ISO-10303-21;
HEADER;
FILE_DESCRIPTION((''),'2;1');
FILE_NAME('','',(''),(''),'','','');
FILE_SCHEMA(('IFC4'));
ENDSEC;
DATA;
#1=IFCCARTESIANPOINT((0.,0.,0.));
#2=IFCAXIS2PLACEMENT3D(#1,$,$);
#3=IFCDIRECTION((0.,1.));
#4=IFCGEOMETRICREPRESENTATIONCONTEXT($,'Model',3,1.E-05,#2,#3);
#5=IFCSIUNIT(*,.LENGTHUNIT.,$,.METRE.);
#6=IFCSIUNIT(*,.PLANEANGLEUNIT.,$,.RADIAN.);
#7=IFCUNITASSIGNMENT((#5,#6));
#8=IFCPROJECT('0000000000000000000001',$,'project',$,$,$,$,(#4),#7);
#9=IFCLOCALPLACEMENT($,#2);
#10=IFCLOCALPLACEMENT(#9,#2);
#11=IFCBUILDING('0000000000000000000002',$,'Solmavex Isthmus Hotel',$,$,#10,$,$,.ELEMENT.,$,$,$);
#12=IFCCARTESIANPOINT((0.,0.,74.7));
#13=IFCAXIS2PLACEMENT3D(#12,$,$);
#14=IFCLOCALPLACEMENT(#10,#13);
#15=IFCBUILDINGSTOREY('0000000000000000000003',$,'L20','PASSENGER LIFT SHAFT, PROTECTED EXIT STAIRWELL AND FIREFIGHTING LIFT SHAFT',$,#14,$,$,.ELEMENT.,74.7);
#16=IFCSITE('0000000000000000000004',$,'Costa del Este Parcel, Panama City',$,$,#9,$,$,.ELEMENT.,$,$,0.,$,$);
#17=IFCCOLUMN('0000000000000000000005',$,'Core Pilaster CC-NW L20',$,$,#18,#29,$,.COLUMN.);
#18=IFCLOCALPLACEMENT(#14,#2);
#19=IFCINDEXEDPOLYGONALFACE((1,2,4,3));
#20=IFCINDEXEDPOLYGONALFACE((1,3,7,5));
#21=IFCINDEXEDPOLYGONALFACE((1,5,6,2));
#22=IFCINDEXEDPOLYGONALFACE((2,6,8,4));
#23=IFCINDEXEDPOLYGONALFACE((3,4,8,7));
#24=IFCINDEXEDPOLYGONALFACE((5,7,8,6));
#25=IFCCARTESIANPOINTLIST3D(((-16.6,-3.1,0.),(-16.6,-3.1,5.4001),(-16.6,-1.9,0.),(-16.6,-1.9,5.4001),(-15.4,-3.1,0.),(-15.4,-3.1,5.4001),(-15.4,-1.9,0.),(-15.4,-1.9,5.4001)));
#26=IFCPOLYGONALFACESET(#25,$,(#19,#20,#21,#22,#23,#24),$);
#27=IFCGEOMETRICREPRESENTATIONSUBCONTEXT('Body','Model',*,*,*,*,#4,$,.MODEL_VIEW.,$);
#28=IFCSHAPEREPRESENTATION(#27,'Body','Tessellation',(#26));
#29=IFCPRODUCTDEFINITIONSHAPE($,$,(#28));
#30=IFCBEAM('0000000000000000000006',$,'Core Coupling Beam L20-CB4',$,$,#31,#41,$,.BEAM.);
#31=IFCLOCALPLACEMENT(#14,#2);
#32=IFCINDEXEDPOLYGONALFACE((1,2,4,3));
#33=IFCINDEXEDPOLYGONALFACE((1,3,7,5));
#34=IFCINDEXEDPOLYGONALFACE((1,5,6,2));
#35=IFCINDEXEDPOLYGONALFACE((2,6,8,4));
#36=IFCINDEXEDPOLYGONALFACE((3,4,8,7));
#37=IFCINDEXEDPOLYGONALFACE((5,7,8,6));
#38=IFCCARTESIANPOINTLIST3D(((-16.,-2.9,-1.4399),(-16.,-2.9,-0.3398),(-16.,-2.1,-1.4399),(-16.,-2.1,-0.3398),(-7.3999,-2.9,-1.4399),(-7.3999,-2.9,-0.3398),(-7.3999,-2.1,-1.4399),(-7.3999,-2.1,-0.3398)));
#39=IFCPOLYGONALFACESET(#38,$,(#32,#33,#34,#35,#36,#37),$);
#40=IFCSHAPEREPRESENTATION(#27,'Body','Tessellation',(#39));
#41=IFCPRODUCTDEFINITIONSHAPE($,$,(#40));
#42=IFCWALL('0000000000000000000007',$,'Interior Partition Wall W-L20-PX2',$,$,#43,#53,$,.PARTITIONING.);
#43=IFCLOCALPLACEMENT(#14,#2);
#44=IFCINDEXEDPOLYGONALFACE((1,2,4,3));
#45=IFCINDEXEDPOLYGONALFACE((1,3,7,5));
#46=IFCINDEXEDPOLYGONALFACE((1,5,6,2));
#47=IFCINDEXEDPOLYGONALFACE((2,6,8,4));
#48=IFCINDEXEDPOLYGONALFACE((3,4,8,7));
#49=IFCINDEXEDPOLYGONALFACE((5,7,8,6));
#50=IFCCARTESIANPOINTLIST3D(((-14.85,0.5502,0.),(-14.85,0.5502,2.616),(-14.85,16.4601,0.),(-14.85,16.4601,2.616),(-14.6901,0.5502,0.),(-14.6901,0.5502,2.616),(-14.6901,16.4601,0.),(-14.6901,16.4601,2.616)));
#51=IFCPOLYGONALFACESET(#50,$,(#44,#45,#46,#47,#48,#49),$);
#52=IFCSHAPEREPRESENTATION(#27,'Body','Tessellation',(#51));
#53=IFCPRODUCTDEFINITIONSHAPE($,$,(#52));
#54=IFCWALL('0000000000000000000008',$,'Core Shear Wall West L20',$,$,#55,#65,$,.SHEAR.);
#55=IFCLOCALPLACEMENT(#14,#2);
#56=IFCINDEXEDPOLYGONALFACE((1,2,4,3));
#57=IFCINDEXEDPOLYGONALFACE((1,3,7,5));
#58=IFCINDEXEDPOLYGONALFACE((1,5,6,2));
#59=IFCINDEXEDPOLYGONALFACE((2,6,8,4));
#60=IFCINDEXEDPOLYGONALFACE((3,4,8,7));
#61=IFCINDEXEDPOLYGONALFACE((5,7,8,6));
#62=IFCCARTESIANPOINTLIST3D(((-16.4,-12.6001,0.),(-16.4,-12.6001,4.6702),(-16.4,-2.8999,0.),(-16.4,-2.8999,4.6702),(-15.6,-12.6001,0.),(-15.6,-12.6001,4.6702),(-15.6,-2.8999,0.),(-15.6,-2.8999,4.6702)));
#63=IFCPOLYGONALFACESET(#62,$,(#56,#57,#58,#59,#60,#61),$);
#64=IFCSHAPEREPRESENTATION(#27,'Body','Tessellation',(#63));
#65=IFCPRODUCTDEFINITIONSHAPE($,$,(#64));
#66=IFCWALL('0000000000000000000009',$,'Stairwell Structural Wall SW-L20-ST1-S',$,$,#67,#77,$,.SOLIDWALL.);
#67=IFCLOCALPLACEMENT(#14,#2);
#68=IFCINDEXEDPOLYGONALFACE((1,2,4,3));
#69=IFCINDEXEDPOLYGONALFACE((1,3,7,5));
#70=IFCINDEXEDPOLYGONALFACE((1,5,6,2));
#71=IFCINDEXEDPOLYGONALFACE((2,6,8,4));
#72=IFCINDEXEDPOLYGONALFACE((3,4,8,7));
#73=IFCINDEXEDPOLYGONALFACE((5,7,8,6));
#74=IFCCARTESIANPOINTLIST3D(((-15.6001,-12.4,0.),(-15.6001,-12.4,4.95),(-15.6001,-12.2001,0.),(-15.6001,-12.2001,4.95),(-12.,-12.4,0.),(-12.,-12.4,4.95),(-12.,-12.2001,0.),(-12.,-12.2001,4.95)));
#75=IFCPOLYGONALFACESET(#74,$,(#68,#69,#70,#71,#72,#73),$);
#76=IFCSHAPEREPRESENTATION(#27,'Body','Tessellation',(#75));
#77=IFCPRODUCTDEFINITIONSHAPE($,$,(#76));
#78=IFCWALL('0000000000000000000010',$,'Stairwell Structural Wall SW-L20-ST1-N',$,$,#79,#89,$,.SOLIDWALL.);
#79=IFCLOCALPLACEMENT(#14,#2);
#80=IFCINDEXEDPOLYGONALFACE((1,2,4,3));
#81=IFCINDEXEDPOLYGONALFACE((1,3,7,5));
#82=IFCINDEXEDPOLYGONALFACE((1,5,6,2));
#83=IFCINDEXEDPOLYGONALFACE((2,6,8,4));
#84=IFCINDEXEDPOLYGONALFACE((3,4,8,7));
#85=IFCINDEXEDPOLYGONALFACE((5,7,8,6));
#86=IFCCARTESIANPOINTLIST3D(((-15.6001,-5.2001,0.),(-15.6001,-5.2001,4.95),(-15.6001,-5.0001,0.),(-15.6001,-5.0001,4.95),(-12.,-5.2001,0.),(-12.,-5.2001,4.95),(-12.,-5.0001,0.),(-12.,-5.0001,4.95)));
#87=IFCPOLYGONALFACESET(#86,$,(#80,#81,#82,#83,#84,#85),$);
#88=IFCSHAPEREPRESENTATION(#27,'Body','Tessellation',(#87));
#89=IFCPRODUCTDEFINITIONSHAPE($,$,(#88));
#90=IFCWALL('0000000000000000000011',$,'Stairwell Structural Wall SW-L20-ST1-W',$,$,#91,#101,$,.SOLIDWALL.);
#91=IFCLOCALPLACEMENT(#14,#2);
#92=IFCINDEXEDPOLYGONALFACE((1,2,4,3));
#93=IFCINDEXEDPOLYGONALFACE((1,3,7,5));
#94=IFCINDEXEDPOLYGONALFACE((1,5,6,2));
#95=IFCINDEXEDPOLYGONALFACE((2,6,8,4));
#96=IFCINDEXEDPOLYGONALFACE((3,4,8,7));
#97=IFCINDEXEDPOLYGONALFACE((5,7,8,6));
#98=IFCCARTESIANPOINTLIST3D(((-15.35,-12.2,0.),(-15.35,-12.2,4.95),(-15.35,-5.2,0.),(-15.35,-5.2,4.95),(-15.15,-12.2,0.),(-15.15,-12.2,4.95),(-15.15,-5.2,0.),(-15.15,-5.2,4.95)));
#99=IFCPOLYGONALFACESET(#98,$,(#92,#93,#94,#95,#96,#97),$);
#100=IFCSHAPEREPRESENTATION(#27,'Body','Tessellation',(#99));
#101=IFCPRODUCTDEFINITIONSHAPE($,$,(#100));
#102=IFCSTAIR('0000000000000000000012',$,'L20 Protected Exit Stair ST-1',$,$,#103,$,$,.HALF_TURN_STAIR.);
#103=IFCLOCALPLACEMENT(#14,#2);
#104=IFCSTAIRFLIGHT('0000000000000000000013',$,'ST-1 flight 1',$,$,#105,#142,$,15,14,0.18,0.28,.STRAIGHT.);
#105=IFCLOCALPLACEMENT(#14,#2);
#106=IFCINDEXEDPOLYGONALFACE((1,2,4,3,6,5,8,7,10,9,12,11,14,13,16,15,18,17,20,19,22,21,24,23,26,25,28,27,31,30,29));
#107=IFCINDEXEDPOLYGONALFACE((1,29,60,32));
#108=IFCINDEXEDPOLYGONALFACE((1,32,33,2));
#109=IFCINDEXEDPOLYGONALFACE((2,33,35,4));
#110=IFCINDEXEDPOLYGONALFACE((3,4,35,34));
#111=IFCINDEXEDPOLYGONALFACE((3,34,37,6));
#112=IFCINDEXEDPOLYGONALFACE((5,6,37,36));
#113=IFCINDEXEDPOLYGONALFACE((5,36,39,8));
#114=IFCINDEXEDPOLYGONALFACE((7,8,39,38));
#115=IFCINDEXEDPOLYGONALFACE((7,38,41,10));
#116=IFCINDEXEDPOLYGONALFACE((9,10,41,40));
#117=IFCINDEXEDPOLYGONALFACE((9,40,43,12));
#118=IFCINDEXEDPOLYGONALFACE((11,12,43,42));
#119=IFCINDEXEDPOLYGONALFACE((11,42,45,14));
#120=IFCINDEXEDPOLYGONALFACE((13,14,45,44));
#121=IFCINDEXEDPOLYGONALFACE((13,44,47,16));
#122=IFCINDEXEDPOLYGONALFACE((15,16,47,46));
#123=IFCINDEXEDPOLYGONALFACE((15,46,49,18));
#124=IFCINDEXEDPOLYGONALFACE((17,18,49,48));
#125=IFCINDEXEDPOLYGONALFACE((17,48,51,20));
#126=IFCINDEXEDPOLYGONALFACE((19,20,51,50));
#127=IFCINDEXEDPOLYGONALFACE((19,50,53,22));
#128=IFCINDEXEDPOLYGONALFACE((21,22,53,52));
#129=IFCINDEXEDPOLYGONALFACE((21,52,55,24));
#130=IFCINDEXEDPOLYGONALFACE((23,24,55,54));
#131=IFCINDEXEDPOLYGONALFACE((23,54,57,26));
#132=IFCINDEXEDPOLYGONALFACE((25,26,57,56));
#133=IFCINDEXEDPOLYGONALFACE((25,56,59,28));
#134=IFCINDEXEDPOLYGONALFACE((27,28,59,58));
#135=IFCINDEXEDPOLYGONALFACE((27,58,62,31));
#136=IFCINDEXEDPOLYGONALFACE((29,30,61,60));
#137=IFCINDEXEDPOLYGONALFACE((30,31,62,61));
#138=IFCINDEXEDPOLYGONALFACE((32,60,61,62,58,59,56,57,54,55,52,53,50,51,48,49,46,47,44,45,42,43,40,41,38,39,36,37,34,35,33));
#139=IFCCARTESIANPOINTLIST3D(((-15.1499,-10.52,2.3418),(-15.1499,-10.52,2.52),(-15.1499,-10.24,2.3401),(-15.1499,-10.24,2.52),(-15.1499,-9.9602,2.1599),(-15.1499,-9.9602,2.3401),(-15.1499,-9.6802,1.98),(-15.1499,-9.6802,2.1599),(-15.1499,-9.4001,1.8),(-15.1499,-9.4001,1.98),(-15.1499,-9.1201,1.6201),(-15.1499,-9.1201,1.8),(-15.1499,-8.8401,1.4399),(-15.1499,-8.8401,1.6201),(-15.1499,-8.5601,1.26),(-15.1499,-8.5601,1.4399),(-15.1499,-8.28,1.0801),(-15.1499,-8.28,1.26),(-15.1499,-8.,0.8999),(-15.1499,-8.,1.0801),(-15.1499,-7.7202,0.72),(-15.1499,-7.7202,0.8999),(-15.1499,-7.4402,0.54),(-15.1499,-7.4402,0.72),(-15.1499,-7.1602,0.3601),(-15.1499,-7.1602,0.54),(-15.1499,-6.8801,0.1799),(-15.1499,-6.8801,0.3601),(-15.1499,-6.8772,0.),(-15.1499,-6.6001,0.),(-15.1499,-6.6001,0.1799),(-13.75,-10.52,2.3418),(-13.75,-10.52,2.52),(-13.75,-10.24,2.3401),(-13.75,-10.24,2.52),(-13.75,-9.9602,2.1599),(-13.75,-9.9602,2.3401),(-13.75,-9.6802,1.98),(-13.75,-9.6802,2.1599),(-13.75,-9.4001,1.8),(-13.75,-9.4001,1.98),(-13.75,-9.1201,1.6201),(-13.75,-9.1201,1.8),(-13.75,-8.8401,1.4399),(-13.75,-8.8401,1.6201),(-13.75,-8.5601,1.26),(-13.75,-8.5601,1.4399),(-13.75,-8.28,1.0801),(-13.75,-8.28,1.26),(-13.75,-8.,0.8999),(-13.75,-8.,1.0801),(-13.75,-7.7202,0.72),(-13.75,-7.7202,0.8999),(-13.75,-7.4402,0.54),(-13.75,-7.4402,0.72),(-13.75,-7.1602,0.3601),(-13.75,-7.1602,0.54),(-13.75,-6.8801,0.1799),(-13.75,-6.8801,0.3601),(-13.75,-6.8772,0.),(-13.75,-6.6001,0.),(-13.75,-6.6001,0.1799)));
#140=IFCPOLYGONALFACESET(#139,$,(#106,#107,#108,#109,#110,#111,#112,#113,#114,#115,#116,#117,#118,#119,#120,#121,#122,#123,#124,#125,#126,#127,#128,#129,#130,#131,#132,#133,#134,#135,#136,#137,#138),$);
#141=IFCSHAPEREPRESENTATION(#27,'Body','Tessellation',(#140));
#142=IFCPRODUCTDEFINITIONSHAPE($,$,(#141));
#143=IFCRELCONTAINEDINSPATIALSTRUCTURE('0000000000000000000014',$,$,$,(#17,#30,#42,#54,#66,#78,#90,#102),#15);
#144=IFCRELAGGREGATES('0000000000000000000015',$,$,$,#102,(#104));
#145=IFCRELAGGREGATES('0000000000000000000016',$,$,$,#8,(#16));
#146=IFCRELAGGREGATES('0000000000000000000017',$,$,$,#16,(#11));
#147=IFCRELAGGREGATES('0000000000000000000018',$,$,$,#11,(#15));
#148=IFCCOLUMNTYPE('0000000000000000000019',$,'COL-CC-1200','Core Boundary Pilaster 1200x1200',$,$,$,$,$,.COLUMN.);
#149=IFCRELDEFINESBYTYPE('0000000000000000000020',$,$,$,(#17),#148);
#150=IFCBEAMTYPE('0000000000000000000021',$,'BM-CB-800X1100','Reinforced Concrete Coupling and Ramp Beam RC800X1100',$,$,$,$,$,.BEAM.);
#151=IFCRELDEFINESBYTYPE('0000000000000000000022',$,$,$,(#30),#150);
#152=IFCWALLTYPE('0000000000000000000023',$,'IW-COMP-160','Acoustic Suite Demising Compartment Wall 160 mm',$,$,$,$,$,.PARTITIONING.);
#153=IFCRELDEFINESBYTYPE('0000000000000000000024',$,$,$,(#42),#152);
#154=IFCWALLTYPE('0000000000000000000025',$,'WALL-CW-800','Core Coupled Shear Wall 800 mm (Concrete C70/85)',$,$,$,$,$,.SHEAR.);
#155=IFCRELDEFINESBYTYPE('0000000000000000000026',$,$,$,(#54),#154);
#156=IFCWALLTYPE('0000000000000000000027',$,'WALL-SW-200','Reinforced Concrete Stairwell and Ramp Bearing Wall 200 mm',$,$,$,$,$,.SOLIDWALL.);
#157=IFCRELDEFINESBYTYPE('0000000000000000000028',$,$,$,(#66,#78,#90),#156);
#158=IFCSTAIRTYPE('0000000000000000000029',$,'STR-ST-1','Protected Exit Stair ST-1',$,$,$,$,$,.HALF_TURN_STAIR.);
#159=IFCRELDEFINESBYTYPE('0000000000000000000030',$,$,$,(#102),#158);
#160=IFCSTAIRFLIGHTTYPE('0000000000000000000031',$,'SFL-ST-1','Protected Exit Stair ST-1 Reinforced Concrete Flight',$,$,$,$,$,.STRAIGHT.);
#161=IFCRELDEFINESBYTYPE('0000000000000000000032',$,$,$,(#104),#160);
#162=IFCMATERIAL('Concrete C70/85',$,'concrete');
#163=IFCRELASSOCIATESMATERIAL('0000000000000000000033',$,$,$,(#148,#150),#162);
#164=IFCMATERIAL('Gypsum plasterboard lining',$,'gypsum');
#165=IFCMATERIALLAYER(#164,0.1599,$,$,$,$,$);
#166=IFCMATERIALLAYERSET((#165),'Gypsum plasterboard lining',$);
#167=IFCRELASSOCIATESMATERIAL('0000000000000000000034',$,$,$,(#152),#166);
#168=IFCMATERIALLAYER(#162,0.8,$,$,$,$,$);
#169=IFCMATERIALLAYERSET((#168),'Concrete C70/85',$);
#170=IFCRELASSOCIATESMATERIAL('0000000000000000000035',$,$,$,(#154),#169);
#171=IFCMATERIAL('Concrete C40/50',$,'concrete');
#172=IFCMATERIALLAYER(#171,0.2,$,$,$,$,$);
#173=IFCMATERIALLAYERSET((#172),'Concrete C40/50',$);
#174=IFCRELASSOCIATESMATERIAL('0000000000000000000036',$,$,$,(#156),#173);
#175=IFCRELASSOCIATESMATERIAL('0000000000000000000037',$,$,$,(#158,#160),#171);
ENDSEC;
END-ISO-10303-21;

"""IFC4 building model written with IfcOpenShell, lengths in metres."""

from ifc_helpers import new_model, si_unit, direction, frame, frame_2d, origin, origin_2d, place, context, subcontext, project, spatial, polyline, rectangle, outline, extrude, material, layer, layer_set, material_profile, profile_set, type_object, element, aggregate, save


model = new_model("IFC4")

# Units and contexts
model_context = context("Model", 3, precision=1e-05, world=origin(), true_north=direction((0.0, 1.0)))
body_context = subcontext(model_context, "Body", "Model", "MODEL_VIEW")
ifc_project = project(units=[si_unit("LENGTHUNIT", "METRE"), si_unit("PLANEANGLEUNIT", "RADIAN")], contexts=[model_context])

# Site, building, storey
site_placement = place(None, origin())
site = spatial("IfcSite", under=ifc_project, at=site_placement, Name="Costa del Este Parcel, Panama City", CompositionType="ELEMENT", RefElevation=0.0)
building_placement = place(site_placement, origin())
building = spatial("IfcBuilding", under=site, at=building_placement, Name="Solmavex Isthmus Hotel", CompositionType="ELEMENT")
storey_placement = place(building_placement, frame((0.0, 0.0, 74.7)))
storey = spatial("IfcBuildingStorey", under=building, at=storey_placement, Name="L20", Description="PASSENGER LIFT SHAFT, PROTECTED EXIT STAIRWELL AND FIREFIGHTING LIFT SHAFT", CompositionType="ELEMENT", Elevation=74.7)

# Column
ifc_material_1 = material(Name="Concrete C70/85", Category="concrete")
ifc_material_profile_1 = material_profile(ifc_material_1, rectangle(XDim=1.2, YDim=1.2, at=origin_2d()), Name="RC1200X1200")
ifc_profile_set_1 = profile_set([ifc_material_profile_1], Name="Concrete C70/85")
column_type = type_object("IfcColumnType", Name="COL-CC-1200", Description="Core Boundary Pilaster 1200x1200", PredefinedType="COLUMN", material=ifc_profile_set_1)
column_placement = place(storey_placement, frame((-16.0, -2.5, 0.0), z_axis=(0.0, 0.0, 1.0), x_axis=(1.0, 0.0, 0.0)))
element("IfcColumn", 1, at=column_placement, inside=storey, type_object=column_type, Name="Core Pilaster CC-NW L20", PredefinedType="COLUMN", context=body_context, shape_type="SweptSolid", body=[
    extrude(rectangle(XDim=1.2, YDim=1.2, at=origin_2d()), origin(), (0.0, 0.0, 1.0), 5.4001),
])

# Beam
ifc_material_profile_2 = material_profile(ifc_material_1, rectangle(XDim=0.8, YDim=1.1001, at=origin_2d()), Name="RC800X1100")
ifc_profile_set_2 = profile_set([ifc_material_profile_2], Name="Concrete C70/85")
beam_type = type_object("IfcBeamType", Name="BM-CB-800X1100", Description="Reinforced Concrete Coupling and Ramp Beam RC800X1100", PredefinedType="BEAM", material=ifc_profile_set_2)
beam_placement = place(storey_placement, frame((-16.0, -2.5, -0.8899), z_axis=(1.0, 0.0, 0.0), x_axis=(0.0, 1.0, 0.0)))
element("IfcBeam", 2, at=beam_placement, inside=storey, type_object=beam_type, Name="Core Coupling Beam L20-CB4", PredefinedType="BEAM", context=body_context, shape_type="SweptSolid", body=[
    extrude(rectangle(XDim=0.8, YDim=1.1001, at=origin_2d()), origin(), (0.0, 0.0, 1.0), 8.6001),
])

# Walls
ifc_material_2 = material(Name="Gypsum plasterboard lining", Category="gypsum")
ifc_layer_1 = layer(ifc_material_2, 0.1599)
ifc_layer_set_1 = layer_set([ifc_layer_1], Name="Gypsum plasterboard lining")
wall_type_1 = type_object("IfcWallType", Name="IW-COMP-160", Description="Acoustic Suite Demising Compartment Wall 160 mm", PredefinedType="PARTITIONING", material=ifc_layer_set_1)
wall_1_placement = place(storey_placement, frame((-14.77, 0.55, 0.0), z_axis=(0.0, 0.0, 1.0), x_axis=(0.0, 1.0, 0.0)))
element("IfcWall", 3, at=wall_1_placement, inside=storey, type_object=wall_type_1, Name="Interior Partition Wall W-L20-PX2", PredefinedType="PARTITIONING", context=body_context, shape_type="SweptSolid", body=[
    extrude(rectangle(XDim=15.9099, YDim=0.1599, at=frame_2d((7.9551, 0.0))), origin(), (0.0, 0.0, 1.0), 2.616),
])
ifc_layer_2 = layer(ifc_material_1, 0.8)
ifc_layer_set_2 = layer_set([ifc_layer_2], Name="Concrete C70/85")
wall_type_2 = type_object("IfcWallType", Name="WALL-CW-800", Description="Core Coupled Shear Wall 800 mm (Concrete C70/85)", PredefinedType="SHEAR", material=ifc_layer_set_2)
wall_2_placement = place(storey_placement, frame((-16.0, -12.6001, 0.0), z_axis=(0.0, 0.0, 1.0), x_axis=(0.0, 1.0, 0.0)))
element("IfcWall", 4, at=wall_2_placement, inside=storey, type_object=wall_type_2, Name="Core Shear Wall West L20", PredefinedType="SHEAR", context=body_context, shape_type="SweptSolid", body=[
    extrude(rectangle(XDim=9.7002, YDim=0.8, at=frame_2d((4.8501, 0.0))), origin(), (0.0, 0.0, 1.0), 4.6702),
])
ifc_material_3 = material(Name="Concrete C40/50", Category="concrete")
ifc_layer_3 = layer(ifc_material_3, 0.2)
ifc_layer_set_3 = layer_set([ifc_layer_3], Name="Concrete C40/50")
wall_type_3 = type_object("IfcWallType", Name="WALL-SW-200", Description="Reinforced Concrete Stairwell and Ramp Bearing Wall 200 mm", PredefinedType="SOLIDWALL", material=ifc_layer_set_3)
for number, where, z_axis, x_axis, name in (
    (5, (-15.6001, -12.3, 0.0), (0.0, 0.0, 1.0), (1.0, 0.0, 0.0), "Stairwell Structural Wall SW-L20-ST1-S"),
    (6, (-15.6001, -5.1001, 0.0), (0.0, 0.0, 1.0), (1.0, 0.0, 0.0), "Stairwell Structural Wall SW-L20-ST1-N"),
):
    element("IfcWall", number, at=place(storey_placement, frame(where, z_axis=z_axis, x_axis=x_axis)), inside=storey, type_object=wall_type_3, Name=name, PredefinedType="SOLIDWALL", context=body_context, shape_type="SweptSolid", body=[
        extrude(rectangle(XDim=3.6001, YDim=0.2, at=frame_2d((1.8, 0.0))), origin(), (0.0, 0.0, 1.0), 4.95),
    ])
wall_3_placement = place(storey_placement, frame((-15.25, -12.2, 0.0), z_axis=(0.0, 0.0, 1.0), x_axis=(0.0, 1.0, 0.0)))
element("IfcWall", 7, at=wall_3_placement, inside=storey, type_object=wall_type_3, Name="Stairwell Structural Wall SW-L20-ST1-W", PredefinedType="SOLIDWALL", context=body_context, shape_type="SweptSolid", body=[
    extrude(rectangle(XDim=7.0, YDim=0.2, at=frame_2d((3.5, 0.0))), origin(), (0.0, 0.0, 1.0), 4.95),
])

# Stair, stair flight
stair_type = type_object("IfcStairType", Name="STR-ST-1", Description="Protected Exit Stair ST-1", PredefinedType="HALF_TURN_STAIR", material=ifc_material_3)
stair_placement = place(storey_placement, origin())
stair = element("IfcStair", 8, at=stair_placement, inside=storey, type_object=stair_type, Name="L20 Protected Exit Stair ST-1", PredefinedType="HALF_TURN_STAIR")
stair_flight_type = type_object("IfcStairFlightType", Name="SFL-ST-1", Description="Protected Exit Stair ST-1 Reinforced Concrete Flight", PredefinedType="STRAIGHT", material=ifc_material_3)
stair_flight_placement = place(storey_placement, frame((-14.45, -6.6001, 0.0), z_axis=(0.0, 0.0, 1.0), x_axis=(0.0, -1.0, 0.0)))
stair_flight = element("IfcStairFlight", 9, at=stair_flight_placement, type_object=stair_flight_type, Name="ST-1 flight 1", NumberOfRisers=15, NumberOfTreads=14, PredefinedType="STRAIGHT", RiserHeight=0.18, TreadLength=0.28, context=body_context, shape_type="SweptSolid", body=[
    extrude(outline(polyline([(0.0, 0.0), (0.0, 0.1799), (0.28, 0.1799), (0.28, 0.3601), (0.5601, 0.3601), (0.5601, 0.54), (0.8401, 0.54), (0.8401, 0.72), (1.1201, 0.72), (1.1201, 0.8999), (1.3999, 0.8999), (1.3999, 1.0801), (1.6799, 1.0801), (1.6799, 1.26), (1.96, 1.26), (1.96, 1.4399), (2.24, 1.4399), (2.24, 1.6201), (2.52, 1.6201), (2.52, 1.8), (2.8, 1.8), (2.8, 1.98), (3.0801, 1.98), (3.0801, 2.1599), (3.3601, 2.1599), (3.3601, 2.3401), (3.6399, 2.3401), (3.6399, 2.52), (3.9199, 2.52), (3.9199, 2.7), (3.9199, 2.3418), (0.2771, 0.0), (0.0, 0.0)])), frame((0.0, 0.7, 0.0), z_axis=(0.0, -1.0, 0.0), x_axis=(1.0, 0.0, 0.0)), (0.0, 0.0, 1.0), 1.3999),
])
aggregate(stair, [stair_flight])

save(model, "model.ifc")
